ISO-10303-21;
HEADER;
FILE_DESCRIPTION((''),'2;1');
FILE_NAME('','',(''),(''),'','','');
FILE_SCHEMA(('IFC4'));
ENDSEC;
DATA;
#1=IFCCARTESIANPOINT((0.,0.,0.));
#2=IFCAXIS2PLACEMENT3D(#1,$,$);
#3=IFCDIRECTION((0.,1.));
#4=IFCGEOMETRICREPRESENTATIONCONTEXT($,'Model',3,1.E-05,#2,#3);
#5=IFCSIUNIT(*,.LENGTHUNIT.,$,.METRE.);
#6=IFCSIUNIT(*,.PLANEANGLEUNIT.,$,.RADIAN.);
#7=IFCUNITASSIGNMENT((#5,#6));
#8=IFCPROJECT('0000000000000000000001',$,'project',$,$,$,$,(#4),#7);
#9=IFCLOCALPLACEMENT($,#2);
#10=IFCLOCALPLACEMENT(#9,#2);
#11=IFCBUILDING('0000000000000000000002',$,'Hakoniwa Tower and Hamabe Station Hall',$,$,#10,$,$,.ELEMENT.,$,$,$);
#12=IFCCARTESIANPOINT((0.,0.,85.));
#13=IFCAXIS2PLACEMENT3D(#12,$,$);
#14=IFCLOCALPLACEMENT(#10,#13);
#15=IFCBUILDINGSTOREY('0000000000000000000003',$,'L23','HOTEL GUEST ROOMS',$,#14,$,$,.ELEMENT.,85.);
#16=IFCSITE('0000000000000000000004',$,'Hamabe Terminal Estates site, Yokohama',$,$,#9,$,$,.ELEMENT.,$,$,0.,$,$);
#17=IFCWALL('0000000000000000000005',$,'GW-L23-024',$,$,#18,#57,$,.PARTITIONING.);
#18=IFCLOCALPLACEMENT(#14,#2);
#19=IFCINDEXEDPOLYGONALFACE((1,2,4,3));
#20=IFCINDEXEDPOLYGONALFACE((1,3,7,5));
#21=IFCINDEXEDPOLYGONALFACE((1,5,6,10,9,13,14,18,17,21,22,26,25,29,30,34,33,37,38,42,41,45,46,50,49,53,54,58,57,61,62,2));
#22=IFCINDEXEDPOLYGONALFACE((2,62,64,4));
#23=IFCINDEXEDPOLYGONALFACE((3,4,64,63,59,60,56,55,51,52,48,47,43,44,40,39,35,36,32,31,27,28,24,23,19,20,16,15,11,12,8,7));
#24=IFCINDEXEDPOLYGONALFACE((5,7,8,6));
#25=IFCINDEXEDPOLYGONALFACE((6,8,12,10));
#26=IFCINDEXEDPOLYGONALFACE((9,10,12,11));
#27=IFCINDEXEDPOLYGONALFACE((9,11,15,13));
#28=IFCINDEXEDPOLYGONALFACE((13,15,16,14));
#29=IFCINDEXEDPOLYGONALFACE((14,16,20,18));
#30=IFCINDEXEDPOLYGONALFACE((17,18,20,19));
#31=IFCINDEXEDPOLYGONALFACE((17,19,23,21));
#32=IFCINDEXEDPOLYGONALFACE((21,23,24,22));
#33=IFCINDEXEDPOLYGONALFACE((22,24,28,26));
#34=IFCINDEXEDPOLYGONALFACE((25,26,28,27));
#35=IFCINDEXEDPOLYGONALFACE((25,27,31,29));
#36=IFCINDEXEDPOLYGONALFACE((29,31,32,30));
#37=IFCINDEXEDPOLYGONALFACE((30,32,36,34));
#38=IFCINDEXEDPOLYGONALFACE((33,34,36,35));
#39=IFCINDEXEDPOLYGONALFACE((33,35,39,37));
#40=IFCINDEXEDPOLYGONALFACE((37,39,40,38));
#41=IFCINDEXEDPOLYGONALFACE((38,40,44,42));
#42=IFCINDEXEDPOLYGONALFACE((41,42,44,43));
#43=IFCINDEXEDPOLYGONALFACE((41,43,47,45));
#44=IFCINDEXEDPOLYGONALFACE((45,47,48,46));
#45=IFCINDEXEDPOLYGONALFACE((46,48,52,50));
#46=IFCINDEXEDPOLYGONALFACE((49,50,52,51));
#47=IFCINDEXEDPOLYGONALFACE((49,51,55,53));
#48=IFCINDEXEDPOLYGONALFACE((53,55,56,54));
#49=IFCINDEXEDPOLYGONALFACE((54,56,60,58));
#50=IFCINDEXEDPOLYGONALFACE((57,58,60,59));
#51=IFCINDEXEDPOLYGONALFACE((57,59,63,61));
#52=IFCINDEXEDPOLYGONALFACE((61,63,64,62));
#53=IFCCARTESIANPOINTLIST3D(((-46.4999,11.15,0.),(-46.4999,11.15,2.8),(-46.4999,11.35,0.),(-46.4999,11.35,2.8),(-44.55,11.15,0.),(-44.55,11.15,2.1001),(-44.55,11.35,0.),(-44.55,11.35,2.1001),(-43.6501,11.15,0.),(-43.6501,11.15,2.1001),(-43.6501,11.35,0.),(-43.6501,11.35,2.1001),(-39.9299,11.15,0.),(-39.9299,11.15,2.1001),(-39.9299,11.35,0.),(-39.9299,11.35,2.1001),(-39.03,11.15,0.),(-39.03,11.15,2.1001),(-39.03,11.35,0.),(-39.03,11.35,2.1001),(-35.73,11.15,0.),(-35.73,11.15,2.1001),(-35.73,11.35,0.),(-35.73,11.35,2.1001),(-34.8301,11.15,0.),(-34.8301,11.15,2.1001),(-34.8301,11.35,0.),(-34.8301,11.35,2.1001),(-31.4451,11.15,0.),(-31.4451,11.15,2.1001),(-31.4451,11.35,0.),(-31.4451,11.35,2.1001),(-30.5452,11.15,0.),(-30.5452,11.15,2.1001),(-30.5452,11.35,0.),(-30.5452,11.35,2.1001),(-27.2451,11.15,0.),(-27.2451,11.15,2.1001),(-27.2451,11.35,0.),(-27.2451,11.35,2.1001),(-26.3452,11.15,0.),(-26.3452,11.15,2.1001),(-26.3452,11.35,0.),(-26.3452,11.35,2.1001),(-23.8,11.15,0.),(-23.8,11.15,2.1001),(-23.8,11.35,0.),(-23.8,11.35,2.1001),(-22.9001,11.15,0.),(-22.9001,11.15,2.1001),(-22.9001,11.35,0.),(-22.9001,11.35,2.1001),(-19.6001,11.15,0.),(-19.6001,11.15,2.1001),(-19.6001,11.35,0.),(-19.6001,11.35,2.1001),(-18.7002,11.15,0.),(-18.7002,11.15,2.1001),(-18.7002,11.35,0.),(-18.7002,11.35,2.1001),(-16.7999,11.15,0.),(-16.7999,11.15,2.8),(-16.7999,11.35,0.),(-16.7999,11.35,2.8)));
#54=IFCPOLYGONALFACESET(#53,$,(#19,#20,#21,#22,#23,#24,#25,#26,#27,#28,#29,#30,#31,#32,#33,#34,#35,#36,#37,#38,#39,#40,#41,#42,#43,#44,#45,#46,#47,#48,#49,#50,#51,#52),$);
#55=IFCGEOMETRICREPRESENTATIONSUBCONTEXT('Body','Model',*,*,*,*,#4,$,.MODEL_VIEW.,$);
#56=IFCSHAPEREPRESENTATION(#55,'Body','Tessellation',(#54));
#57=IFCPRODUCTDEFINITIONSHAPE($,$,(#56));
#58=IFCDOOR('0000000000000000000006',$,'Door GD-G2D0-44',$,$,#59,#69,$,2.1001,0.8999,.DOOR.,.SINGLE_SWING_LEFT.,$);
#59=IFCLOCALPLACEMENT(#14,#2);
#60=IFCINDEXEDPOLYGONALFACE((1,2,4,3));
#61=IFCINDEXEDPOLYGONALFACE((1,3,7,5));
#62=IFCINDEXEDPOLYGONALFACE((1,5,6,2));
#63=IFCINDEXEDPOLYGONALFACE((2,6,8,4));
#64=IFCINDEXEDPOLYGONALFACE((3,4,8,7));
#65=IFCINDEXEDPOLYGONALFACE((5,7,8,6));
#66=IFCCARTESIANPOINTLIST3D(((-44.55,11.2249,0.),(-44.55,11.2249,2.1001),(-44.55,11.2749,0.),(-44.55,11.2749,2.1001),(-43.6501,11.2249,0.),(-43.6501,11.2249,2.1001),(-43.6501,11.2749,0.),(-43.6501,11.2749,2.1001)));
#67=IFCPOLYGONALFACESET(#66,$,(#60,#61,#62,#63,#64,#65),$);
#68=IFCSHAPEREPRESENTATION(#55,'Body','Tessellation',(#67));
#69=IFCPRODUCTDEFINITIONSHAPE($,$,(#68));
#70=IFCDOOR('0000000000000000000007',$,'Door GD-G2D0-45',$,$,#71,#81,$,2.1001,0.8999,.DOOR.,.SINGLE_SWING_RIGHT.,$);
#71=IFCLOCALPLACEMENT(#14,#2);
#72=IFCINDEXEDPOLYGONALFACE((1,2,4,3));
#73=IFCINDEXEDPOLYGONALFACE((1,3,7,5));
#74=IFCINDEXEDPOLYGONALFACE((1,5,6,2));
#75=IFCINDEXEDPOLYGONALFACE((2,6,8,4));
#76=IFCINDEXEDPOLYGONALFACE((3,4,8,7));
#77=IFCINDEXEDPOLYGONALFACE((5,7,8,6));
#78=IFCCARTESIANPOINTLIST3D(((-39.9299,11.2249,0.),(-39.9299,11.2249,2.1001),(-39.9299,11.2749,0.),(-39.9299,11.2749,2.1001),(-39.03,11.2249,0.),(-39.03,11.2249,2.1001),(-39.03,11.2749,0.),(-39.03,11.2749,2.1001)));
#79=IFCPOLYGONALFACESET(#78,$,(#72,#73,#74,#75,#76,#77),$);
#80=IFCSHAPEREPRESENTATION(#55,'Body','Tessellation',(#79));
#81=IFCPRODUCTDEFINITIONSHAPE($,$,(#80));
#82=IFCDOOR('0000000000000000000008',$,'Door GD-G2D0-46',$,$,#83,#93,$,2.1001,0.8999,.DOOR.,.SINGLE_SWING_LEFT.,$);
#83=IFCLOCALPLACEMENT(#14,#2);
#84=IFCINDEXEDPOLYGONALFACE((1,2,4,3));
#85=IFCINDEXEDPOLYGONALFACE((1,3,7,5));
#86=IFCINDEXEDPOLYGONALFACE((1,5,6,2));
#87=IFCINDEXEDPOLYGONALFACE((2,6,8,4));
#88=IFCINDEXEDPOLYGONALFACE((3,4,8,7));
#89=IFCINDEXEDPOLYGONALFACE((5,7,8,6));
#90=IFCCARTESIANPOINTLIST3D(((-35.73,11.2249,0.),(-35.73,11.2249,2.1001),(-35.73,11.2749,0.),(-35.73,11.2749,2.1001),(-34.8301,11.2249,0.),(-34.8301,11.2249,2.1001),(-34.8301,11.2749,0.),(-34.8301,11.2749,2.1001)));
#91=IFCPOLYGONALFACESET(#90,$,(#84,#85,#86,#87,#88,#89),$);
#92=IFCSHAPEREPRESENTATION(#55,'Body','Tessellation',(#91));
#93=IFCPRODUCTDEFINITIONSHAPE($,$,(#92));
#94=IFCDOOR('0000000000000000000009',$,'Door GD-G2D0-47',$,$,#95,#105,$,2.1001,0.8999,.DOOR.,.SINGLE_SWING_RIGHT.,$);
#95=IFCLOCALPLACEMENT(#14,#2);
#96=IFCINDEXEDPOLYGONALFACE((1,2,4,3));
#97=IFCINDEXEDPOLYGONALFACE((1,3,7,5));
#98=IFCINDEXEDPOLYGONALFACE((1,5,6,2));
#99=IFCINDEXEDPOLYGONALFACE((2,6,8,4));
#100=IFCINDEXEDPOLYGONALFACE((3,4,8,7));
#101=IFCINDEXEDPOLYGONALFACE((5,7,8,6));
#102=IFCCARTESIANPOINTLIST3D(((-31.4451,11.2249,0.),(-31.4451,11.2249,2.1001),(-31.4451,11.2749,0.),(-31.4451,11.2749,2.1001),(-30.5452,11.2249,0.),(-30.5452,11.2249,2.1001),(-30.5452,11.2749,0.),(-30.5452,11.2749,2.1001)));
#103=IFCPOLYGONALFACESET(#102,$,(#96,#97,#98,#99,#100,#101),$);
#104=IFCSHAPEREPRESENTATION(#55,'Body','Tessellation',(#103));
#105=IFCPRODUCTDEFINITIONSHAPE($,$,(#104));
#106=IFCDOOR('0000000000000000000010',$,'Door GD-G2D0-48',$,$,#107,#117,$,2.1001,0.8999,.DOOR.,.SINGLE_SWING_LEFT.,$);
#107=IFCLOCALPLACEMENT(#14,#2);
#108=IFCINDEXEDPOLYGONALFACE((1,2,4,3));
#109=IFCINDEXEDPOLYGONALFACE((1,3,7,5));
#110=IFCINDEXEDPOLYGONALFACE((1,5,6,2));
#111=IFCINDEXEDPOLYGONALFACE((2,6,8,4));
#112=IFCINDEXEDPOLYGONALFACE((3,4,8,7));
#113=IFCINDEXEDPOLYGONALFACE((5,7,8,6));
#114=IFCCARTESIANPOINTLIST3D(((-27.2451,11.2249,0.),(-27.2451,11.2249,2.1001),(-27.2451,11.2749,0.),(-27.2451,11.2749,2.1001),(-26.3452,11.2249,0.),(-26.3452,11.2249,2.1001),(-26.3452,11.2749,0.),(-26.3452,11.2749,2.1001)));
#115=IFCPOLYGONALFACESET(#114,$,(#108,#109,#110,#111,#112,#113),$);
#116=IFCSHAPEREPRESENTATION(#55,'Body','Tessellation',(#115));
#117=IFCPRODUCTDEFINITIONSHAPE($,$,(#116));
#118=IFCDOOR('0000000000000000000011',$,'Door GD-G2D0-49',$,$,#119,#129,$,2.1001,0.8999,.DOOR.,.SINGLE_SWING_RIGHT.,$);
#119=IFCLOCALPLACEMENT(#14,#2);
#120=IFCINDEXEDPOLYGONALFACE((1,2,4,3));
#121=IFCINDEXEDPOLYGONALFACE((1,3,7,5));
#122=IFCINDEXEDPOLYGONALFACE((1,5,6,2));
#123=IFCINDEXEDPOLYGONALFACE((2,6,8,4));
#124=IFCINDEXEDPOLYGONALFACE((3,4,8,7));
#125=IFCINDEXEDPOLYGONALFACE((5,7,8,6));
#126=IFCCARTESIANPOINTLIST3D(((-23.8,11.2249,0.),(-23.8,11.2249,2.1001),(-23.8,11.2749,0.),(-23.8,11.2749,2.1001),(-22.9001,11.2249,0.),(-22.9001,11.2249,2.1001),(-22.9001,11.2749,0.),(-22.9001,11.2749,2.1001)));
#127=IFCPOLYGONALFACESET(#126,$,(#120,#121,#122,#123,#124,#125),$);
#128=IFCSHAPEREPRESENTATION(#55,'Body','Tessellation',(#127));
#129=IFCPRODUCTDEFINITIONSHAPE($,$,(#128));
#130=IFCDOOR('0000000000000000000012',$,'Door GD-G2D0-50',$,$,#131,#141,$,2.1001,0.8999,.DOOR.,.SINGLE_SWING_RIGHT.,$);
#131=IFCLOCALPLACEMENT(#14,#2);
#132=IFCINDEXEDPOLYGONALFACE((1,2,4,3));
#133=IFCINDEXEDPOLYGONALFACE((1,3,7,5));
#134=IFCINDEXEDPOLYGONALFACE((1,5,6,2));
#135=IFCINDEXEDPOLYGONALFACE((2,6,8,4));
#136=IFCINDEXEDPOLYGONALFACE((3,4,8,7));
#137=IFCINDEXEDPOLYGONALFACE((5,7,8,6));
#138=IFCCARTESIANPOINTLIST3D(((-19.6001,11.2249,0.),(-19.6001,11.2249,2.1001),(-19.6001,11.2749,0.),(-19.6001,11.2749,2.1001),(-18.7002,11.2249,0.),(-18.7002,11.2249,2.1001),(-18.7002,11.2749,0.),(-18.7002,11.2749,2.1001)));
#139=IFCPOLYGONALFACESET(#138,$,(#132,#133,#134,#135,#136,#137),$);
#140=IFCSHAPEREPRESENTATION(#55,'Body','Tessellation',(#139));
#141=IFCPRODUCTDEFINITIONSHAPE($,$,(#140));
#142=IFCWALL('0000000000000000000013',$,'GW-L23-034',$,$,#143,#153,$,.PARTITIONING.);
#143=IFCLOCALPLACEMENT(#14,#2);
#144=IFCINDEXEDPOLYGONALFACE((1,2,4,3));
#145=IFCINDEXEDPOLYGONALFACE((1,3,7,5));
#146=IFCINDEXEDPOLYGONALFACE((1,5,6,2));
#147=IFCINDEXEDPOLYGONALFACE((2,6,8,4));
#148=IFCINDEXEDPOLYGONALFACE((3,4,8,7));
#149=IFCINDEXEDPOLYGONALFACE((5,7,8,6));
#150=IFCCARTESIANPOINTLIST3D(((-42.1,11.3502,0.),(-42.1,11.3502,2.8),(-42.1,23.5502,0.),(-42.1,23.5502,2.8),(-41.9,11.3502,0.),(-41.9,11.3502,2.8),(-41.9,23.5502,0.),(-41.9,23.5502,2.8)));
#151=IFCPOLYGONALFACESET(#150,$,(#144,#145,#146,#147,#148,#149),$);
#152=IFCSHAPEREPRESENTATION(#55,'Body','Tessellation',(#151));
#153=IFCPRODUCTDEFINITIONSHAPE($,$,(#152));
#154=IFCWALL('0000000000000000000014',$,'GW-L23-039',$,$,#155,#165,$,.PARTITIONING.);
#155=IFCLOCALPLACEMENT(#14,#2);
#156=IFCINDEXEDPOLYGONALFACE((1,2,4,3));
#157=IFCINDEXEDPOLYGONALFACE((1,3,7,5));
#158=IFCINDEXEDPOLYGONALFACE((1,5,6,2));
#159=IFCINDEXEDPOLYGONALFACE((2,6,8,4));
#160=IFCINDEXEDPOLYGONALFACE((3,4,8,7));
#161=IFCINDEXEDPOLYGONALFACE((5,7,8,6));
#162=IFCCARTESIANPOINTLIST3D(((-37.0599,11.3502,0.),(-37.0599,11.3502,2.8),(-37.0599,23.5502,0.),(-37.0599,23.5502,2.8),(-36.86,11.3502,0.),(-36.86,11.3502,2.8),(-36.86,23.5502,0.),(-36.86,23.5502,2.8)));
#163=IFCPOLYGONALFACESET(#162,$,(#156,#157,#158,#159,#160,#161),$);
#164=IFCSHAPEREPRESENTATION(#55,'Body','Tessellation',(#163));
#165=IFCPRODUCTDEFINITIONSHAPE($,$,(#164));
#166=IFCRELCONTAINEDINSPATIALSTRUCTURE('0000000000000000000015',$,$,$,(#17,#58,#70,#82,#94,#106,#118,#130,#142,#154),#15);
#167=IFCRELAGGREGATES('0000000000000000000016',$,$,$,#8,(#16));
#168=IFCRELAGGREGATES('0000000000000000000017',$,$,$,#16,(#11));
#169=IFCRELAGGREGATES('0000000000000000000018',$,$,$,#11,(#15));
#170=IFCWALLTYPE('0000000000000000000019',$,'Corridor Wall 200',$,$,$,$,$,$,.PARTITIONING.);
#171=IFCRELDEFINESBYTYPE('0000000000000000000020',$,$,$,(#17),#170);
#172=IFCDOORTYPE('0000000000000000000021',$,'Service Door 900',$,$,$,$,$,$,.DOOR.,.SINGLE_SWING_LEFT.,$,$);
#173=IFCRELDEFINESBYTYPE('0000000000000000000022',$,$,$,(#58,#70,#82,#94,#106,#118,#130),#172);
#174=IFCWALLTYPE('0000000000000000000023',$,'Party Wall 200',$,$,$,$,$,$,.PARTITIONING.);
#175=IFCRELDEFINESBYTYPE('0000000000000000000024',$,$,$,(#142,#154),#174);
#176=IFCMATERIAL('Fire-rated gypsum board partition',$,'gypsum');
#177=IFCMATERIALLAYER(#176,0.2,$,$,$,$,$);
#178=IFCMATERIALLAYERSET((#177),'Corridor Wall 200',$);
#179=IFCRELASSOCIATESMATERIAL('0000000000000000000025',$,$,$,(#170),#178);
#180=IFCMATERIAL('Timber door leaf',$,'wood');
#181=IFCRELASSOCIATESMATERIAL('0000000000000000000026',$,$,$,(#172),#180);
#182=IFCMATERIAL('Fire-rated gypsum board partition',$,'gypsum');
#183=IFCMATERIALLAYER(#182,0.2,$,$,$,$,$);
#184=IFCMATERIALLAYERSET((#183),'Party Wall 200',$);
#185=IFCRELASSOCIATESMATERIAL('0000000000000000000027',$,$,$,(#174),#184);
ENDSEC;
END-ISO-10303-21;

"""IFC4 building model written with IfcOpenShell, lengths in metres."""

from ifc_helpers import new_model, si_unit, direction, frame, frame_2d, origin, place, context, subcontext, project, spatial, rectangle, extrude, material, layer, layer_set, type_object, element, fill, save


model = new_model("IFC4")

# Units and contexts
model_context = context("Model", 3, precision=1e-05, world=origin(), true_north=direction((0.0, 1.0)))
body_context = subcontext(model_context, "Body", "Model", "MODEL_VIEW")
ifc_project = project(units=[si_unit("LENGTHUNIT", "METRE"), si_unit("PLANEANGLEUNIT", "RADIAN")], contexts=[model_context])

# Site, building, storey
site_placement = place(None, origin())
site = spatial("IfcSite", under=ifc_project, at=site_placement, Name="Hamabe Terminal Estates site, Yokohama", CompositionType="ELEMENT", RefElevation=0.0)
building_placement = place(site_placement, origin())
building = spatial("IfcBuilding", under=site, at=building_placement, Name="Hakoniwa Tower and Hamabe Station Hall", CompositionType="ELEMENT")
storey_placement = place(building_placement, frame((0.0, 0.0, 85.0)))
storey = spatial("IfcBuildingStorey", under=building, at=storey_placement, Name="L23", Description="HOTEL GUEST ROOMS", CompositionType="ELEMENT", Elevation=85.0)

# Wall, openings, doors
ifc_material_1 = material(Name="Fire-rated gypsum board partition", Category="gypsum")
ifc_layer_1 = layer(ifc_material_1, 0.2)
ifc_layer_set_1 = layer_set([ifc_layer_1], Name="Corridor Wall 200")
wall_type_1 = type_object("IfcWallType", Name="Corridor Wall 200", PredefinedType="PARTITIONING", material=ifc_layer_set_1)
wall_placement = place(storey_placement, frame((-46.5, 11.25, 0.0), z_axis=(0.0, 0.0, 1.0), x_axis=(1.0, 0.0, 0.0)))
wall = element("IfcWall", 1, at=wall_placement, inside=storey, type_object=wall_type_1, Name="GW-L23-024", PredefinedType="PARTITIONING", context=body_context, shape_type="SweptSolid", body=[
    extrude(rectangle(XDim=29.7, YDim=0.2, at=frame_2d((14.8501, 0.0))), origin(), (0.0, 0.0, 1.0), 2.8),
])
opening_1_placement = place(wall_placement, frame((1.95, 0.0, 0.0)))
opening_1 = element("IfcOpeningElement", 2, at=opening_1_placement, cuts=wall, PredefinedType="OPENING", context=body_context, shape_type="SweptSolid", body=[
    extrude(rectangle(XDim=0.8999, YDim=2.1001, at=frame_2d((0.45, 1.05))), frame((0.0, 0.1099, 0.0), z_axis=(0.0, -1.0, 0.0), x_axis=(1.0, 0.0, 0.0)), (0.0, 0.0, 1.0), 0.22),
])
opening_2_placement = place(wall_placement, frame((6.5701, 0.0, 0.0)))
opening_2 = element("IfcOpeningElement", 3, at=opening_2_placement, cuts=wall, PredefinedType="OPENING", context=body_context, shape_type="SweptSolid", body=[
    extrude(rectangle(XDim=0.8999, YDim=2.1001, at=frame_2d((0.45, 1.05))), frame((0.0, 0.1099, 0.0), z_axis=(0.0, -1.0, 0.0), x_axis=(1.0, 0.0, 0.0)), (0.0, 0.0, 1.0), 0.22),
])
opening_3_placement = place(wall_placement, frame((10.77, 0.0, 0.0)))
opening_3 = element("IfcOpeningElement", 4, at=opening_3_placement, cuts=wall, PredefinedType="OPENING", context=body_context, shape_type="SweptSolid", body=[
    extrude(rectangle(XDim=0.8999, YDim=2.1001, at=frame_2d((0.45, 1.05))), frame((0.0, 0.1099, 0.0), z_axis=(0.0, -1.0, 0.0), x_axis=(1.0, 0.0, 0.0)), (0.0, 0.0, 1.0), 0.22),
])
opening_4_placement = place(wall_placement, frame((15.0549, 0.0, 0.0)))
opening_4 = element("IfcOpeningElement", 5, at=opening_4_placement, cuts=wall, PredefinedType="OPENING", context=body_context, shape_type="SweptSolid", body=[
    extrude(rectangle(XDim=0.8999, YDim=2.1001, at=frame_2d((0.45, 1.05))), frame((0.0, 0.1099, 0.0), z_axis=(0.0, -1.0, 0.0), x_axis=(1.0, 0.0, 0.0)), (0.0, 0.0, 1.0), 0.22),
])
opening_5_placement = place(wall_placement, frame((19.2549, 0.0, 0.0)))
opening_5 = element("IfcOpeningElement", 6, at=opening_5_placement, cuts=wall, PredefinedType="OPENING", context=body_context, shape_type="SweptSolid", body=[
    extrude(rectangle(XDim=0.8999, YDim=2.1001, at=frame_2d((0.45, 1.05))), frame((0.0, 0.1099, 0.0), z_axis=(0.0, -1.0, 0.0), x_axis=(1.0, 0.0, 0.0)), (0.0, 0.0, 1.0), 0.22),
])
opening_6_placement = place(wall_placement, frame((22.7, 0.0, 0.0)))
opening_6 = element("IfcOpeningElement", 7, at=opening_6_placement, cuts=wall, PredefinedType="OPENING", context=body_context, shape_type="SweptSolid", body=[
    extrude(rectangle(XDim=0.8999, YDim=2.1001, at=frame_2d((0.45, 1.05))), frame((0.0, 0.1099, 0.0), z_axis=(0.0, -1.0, 0.0), x_axis=(1.0, 0.0, 0.0)), (0.0, 0.0, 1.0), 0.22),
])
opening_7_placement = place(wall_placement, frame((26.8999, 0.0, 0.0)))
opening_7 = element("IfcOpeningElement", 8, at=opening_7_placement, cuts=wall, PredefinedType="OPENING", context=body_context, shape_type="SweptSolid", body=[
    extrude(rectangle(XDim=0.8999, YDim=2.1001, at=frame_2d((0.45, 1.05))), frame((0.0, 0.1099, 0.0), z_axis=(0.0, -1.0, 0.0), x_axis=(1.0, 0.0, 0.0)), (0.0, 0.0, 1.0), 0.22),
])
ifc_material_2 = material(Name="Timber door leaf", Category="wood")
door_type = type_object("IfcDoorType", Name="Service Door 900", OperationType="SINGLE_SWING_LEFT", PredefinedType="DOOR", material=ifc_material_2)
door_1_placement = place(opening_1_placement, origin())
door_1 = element("IfcDoor", 9, at=door_1_placement, inside=storey, type_object=door_type, Name="Door GD-G2D0-44", OperationType="SINGLE_SWING_LEFT", OverallHeight=2.1001, OverallWidth=0.8999, PredefinedType="DOOR", context=body_context, shape_type="SweptSolid", body=[
    extrude(rectangle(XDim=0.8999, YDim=2.1001, at=frame_2d((0.45, 1.05))), frame((0.0, 0.0249, 0.0), z_axis=(0.0, -1.0, 0.0), x_axis=(1.0, 0.0, 0.0)), (0.0, 0.0, 1.0), 0.05),
])
fill(opening_1, door_1)
door_2_placement = place(opening_2_placement, origin())
door_2 = element("IfcDoor", 10, at=door_2_placement, inside=storey, type_object=door_type, Name="Door GD-G2D0-45", OperationType="SINGLE_SWING_RIGHT", OverallHeight=2.1001, OverallWidth=0.8999, PredefinedType="DOOR", context=body_context, shape_type="SweptSolid", body=[
    extrude(rectangle(XDim=0.8999, YDim=2.1001, at=frame_2d((0.45, 1.05))), frame((0.0, 0.0249, 0.0), z_axis=(0.0, -1.0, 0.0), x_axis=(1.0, 0.0, 0.0)), (0.0, 0.0, 1.0), 0.05),
])
fill(opening_2, door_2)
door_3_placement = place(opening_3_placement, origin())
door_3 = element("IfcDoor", 11, at=door_3_placement, inside=storey, type_object=door_type, Name="Door GD-G2D0-46", OperationType="SINGLE_SWING_LEFT", OverallHeight=2.1001, OverallWidth=0.8999, PredefinedType="DOOR", context=body_context, shape_type="SweptSolid", body=[
    extrude(rectangle(XDim=0.8999, YDim=2.1001, at=frame_2d((0.45, 1.05))), frame((0.0, 0.0249, 0.0), z_axis=(0.0, -1.0, 0.0), x_axis=(1.0, 0.0, 0.0)), (0.0, 0.0, 1.0), 0.05),
])
fill(opening_3, door_3)
door_4_placement = place(opening_4_placement, origin())
door_4 = element("IfcDoor", 12, at=door_4_placement, inside=storey, type_object=door_type, Name="Door GD-G2D0-47", OperationType="SINGLE_SWING_RIGHT", OverallHeight=2.1001, OverallWidth=0.8999, PredefinedType="DOOR", context=body_context, shape_type="SweptSolid", body=[
    extrude(rectangle(XDim=0.8999, YDim=2.1001, at=frame_2d((0.45, 1.05))), frame((0.0, 0.0249, 0.0), z_axis=(0.0, -1.0, 0.0), x_axis=(1.0, 0.0, 0.0)), (0.0, 0.0, 1.0), 0.05),
])
fill(opening_4, door_4)
door_5_placement = place(opening_5_placement, origin())
door_5 = element("IfcDoor", 13, at=door_5_placement, inside=storey, type_object=door_type, Name="Door GD-G2D0-48", OperationType="SINGLE_SWING_LEFT", OverallHeight=2.1001, OverallWidth=0.8999, PredefinedType="DOOR", context=body_context, shape_type="SweptSolid", body=[
    extrude(rectangle(XDim=0.8999, YDim=2.1001, at=frame_2d((0.45, 1.05))), frame((0.0, 0.0249, 0.0), z_axis=(0.0, -1.0, 0.0), x_axis=(1.0, 0.0, 0.0)), (0.0, 0.0, 1.0), 0.05),
])
fill(opening_5, door_5)
door_6_placement = place(opening_6_placement, origin())
door_6 = element("IfcDoor", 14, at=door_6_placement, inside=storey, type_object=door_type, Name="Door GD-G2D0-49", OperationType="SINGLE_SWING_RIGHT", OverallHeight=2.1001, OverallWidth=0.8999, PredefinedType="DOOR", context=body_context, shape_type="SweptSolid", body=[
    extrude(rectangle(XDim=0.8999, YDim=2.1001, at=frame_2d((0.45, 1.05))), frame((0.0, 0.0249, 0.0), z_axis=(0.0, -1.0, 0.0), x_axis=(1.0, 0.0, 0.0)), (0.0, 0.0, 1.0), 0.05),
])
fill(opening_6, door_6)
door_7_placement = place(opening_7_placement, origin())
door_7 = element("IfcDoor", 15, at=door_7_placement, inside=storey, type_object=door_type, Name="Door GD-G2D0-50", OperationType="SINGLE_SWING_RIGHT", OverallHeight=2.1001, OverallWidth=0.8999, PredefinedType="DOOR", context=body_context, shape_type="SweptSolid", body=[
    extrude(rectangle(XDim=0.8999, YDim=2.1001, at=frame_2d((0.45, 1.05))), frame((0.0, 0.0249, 0.0), z_axis=(0.0, -1.0, 0.0), x_axis=(1.0, 0.0, 0.0)), (0.0, 0.0, 1.0), 0.05),
])
fill(opening_7, door_7)

# Walls
ifc_material_3 = material(Name="Fire-rated gypsum board partition", Category="gypsum")
ifc_layer_2 = layer(ifc_material_3, 0.2)
ifc_layer_set_2 = layer_set([ifc_layer_2], Name="Party Wall 200")
wall_type_2 = type_object("IfcWallType", Name="Party Wall 200", PredefinedType="PARTITIONING", material=ifc_layer_set_2)
for number, where, z_axis, x_axis, name in (
    (16, (-42.0, 11.3501, 0.0), (0.0, 0.0, 1.0), (0.0, 1.0, 0.0), "GW-L23-034"),
    (17, (-36.96, 11.3501, 0.0), (0.0, 0.0, 1.0), (0.0, 1.0, 0.0), "GW-L23-039"),
):
    element("IfcWall", number, at=place(storey_placement, frame(where, z_axis=z_axis, x_axis=x_axis)), inside=storey, type_object=wall_type_2, Name=name, PredefinedType="PARTITIONING", context=body_context, shape_type="SweptSolid", body=[
        extrude(rectangle(XDim=12.2, YDim=0.2, at=frame_2d((6.1001, 0.0))), origin(), (0.0, 0.0, 1.0), 2.8),
    ])

save(model, "model.ifc")
